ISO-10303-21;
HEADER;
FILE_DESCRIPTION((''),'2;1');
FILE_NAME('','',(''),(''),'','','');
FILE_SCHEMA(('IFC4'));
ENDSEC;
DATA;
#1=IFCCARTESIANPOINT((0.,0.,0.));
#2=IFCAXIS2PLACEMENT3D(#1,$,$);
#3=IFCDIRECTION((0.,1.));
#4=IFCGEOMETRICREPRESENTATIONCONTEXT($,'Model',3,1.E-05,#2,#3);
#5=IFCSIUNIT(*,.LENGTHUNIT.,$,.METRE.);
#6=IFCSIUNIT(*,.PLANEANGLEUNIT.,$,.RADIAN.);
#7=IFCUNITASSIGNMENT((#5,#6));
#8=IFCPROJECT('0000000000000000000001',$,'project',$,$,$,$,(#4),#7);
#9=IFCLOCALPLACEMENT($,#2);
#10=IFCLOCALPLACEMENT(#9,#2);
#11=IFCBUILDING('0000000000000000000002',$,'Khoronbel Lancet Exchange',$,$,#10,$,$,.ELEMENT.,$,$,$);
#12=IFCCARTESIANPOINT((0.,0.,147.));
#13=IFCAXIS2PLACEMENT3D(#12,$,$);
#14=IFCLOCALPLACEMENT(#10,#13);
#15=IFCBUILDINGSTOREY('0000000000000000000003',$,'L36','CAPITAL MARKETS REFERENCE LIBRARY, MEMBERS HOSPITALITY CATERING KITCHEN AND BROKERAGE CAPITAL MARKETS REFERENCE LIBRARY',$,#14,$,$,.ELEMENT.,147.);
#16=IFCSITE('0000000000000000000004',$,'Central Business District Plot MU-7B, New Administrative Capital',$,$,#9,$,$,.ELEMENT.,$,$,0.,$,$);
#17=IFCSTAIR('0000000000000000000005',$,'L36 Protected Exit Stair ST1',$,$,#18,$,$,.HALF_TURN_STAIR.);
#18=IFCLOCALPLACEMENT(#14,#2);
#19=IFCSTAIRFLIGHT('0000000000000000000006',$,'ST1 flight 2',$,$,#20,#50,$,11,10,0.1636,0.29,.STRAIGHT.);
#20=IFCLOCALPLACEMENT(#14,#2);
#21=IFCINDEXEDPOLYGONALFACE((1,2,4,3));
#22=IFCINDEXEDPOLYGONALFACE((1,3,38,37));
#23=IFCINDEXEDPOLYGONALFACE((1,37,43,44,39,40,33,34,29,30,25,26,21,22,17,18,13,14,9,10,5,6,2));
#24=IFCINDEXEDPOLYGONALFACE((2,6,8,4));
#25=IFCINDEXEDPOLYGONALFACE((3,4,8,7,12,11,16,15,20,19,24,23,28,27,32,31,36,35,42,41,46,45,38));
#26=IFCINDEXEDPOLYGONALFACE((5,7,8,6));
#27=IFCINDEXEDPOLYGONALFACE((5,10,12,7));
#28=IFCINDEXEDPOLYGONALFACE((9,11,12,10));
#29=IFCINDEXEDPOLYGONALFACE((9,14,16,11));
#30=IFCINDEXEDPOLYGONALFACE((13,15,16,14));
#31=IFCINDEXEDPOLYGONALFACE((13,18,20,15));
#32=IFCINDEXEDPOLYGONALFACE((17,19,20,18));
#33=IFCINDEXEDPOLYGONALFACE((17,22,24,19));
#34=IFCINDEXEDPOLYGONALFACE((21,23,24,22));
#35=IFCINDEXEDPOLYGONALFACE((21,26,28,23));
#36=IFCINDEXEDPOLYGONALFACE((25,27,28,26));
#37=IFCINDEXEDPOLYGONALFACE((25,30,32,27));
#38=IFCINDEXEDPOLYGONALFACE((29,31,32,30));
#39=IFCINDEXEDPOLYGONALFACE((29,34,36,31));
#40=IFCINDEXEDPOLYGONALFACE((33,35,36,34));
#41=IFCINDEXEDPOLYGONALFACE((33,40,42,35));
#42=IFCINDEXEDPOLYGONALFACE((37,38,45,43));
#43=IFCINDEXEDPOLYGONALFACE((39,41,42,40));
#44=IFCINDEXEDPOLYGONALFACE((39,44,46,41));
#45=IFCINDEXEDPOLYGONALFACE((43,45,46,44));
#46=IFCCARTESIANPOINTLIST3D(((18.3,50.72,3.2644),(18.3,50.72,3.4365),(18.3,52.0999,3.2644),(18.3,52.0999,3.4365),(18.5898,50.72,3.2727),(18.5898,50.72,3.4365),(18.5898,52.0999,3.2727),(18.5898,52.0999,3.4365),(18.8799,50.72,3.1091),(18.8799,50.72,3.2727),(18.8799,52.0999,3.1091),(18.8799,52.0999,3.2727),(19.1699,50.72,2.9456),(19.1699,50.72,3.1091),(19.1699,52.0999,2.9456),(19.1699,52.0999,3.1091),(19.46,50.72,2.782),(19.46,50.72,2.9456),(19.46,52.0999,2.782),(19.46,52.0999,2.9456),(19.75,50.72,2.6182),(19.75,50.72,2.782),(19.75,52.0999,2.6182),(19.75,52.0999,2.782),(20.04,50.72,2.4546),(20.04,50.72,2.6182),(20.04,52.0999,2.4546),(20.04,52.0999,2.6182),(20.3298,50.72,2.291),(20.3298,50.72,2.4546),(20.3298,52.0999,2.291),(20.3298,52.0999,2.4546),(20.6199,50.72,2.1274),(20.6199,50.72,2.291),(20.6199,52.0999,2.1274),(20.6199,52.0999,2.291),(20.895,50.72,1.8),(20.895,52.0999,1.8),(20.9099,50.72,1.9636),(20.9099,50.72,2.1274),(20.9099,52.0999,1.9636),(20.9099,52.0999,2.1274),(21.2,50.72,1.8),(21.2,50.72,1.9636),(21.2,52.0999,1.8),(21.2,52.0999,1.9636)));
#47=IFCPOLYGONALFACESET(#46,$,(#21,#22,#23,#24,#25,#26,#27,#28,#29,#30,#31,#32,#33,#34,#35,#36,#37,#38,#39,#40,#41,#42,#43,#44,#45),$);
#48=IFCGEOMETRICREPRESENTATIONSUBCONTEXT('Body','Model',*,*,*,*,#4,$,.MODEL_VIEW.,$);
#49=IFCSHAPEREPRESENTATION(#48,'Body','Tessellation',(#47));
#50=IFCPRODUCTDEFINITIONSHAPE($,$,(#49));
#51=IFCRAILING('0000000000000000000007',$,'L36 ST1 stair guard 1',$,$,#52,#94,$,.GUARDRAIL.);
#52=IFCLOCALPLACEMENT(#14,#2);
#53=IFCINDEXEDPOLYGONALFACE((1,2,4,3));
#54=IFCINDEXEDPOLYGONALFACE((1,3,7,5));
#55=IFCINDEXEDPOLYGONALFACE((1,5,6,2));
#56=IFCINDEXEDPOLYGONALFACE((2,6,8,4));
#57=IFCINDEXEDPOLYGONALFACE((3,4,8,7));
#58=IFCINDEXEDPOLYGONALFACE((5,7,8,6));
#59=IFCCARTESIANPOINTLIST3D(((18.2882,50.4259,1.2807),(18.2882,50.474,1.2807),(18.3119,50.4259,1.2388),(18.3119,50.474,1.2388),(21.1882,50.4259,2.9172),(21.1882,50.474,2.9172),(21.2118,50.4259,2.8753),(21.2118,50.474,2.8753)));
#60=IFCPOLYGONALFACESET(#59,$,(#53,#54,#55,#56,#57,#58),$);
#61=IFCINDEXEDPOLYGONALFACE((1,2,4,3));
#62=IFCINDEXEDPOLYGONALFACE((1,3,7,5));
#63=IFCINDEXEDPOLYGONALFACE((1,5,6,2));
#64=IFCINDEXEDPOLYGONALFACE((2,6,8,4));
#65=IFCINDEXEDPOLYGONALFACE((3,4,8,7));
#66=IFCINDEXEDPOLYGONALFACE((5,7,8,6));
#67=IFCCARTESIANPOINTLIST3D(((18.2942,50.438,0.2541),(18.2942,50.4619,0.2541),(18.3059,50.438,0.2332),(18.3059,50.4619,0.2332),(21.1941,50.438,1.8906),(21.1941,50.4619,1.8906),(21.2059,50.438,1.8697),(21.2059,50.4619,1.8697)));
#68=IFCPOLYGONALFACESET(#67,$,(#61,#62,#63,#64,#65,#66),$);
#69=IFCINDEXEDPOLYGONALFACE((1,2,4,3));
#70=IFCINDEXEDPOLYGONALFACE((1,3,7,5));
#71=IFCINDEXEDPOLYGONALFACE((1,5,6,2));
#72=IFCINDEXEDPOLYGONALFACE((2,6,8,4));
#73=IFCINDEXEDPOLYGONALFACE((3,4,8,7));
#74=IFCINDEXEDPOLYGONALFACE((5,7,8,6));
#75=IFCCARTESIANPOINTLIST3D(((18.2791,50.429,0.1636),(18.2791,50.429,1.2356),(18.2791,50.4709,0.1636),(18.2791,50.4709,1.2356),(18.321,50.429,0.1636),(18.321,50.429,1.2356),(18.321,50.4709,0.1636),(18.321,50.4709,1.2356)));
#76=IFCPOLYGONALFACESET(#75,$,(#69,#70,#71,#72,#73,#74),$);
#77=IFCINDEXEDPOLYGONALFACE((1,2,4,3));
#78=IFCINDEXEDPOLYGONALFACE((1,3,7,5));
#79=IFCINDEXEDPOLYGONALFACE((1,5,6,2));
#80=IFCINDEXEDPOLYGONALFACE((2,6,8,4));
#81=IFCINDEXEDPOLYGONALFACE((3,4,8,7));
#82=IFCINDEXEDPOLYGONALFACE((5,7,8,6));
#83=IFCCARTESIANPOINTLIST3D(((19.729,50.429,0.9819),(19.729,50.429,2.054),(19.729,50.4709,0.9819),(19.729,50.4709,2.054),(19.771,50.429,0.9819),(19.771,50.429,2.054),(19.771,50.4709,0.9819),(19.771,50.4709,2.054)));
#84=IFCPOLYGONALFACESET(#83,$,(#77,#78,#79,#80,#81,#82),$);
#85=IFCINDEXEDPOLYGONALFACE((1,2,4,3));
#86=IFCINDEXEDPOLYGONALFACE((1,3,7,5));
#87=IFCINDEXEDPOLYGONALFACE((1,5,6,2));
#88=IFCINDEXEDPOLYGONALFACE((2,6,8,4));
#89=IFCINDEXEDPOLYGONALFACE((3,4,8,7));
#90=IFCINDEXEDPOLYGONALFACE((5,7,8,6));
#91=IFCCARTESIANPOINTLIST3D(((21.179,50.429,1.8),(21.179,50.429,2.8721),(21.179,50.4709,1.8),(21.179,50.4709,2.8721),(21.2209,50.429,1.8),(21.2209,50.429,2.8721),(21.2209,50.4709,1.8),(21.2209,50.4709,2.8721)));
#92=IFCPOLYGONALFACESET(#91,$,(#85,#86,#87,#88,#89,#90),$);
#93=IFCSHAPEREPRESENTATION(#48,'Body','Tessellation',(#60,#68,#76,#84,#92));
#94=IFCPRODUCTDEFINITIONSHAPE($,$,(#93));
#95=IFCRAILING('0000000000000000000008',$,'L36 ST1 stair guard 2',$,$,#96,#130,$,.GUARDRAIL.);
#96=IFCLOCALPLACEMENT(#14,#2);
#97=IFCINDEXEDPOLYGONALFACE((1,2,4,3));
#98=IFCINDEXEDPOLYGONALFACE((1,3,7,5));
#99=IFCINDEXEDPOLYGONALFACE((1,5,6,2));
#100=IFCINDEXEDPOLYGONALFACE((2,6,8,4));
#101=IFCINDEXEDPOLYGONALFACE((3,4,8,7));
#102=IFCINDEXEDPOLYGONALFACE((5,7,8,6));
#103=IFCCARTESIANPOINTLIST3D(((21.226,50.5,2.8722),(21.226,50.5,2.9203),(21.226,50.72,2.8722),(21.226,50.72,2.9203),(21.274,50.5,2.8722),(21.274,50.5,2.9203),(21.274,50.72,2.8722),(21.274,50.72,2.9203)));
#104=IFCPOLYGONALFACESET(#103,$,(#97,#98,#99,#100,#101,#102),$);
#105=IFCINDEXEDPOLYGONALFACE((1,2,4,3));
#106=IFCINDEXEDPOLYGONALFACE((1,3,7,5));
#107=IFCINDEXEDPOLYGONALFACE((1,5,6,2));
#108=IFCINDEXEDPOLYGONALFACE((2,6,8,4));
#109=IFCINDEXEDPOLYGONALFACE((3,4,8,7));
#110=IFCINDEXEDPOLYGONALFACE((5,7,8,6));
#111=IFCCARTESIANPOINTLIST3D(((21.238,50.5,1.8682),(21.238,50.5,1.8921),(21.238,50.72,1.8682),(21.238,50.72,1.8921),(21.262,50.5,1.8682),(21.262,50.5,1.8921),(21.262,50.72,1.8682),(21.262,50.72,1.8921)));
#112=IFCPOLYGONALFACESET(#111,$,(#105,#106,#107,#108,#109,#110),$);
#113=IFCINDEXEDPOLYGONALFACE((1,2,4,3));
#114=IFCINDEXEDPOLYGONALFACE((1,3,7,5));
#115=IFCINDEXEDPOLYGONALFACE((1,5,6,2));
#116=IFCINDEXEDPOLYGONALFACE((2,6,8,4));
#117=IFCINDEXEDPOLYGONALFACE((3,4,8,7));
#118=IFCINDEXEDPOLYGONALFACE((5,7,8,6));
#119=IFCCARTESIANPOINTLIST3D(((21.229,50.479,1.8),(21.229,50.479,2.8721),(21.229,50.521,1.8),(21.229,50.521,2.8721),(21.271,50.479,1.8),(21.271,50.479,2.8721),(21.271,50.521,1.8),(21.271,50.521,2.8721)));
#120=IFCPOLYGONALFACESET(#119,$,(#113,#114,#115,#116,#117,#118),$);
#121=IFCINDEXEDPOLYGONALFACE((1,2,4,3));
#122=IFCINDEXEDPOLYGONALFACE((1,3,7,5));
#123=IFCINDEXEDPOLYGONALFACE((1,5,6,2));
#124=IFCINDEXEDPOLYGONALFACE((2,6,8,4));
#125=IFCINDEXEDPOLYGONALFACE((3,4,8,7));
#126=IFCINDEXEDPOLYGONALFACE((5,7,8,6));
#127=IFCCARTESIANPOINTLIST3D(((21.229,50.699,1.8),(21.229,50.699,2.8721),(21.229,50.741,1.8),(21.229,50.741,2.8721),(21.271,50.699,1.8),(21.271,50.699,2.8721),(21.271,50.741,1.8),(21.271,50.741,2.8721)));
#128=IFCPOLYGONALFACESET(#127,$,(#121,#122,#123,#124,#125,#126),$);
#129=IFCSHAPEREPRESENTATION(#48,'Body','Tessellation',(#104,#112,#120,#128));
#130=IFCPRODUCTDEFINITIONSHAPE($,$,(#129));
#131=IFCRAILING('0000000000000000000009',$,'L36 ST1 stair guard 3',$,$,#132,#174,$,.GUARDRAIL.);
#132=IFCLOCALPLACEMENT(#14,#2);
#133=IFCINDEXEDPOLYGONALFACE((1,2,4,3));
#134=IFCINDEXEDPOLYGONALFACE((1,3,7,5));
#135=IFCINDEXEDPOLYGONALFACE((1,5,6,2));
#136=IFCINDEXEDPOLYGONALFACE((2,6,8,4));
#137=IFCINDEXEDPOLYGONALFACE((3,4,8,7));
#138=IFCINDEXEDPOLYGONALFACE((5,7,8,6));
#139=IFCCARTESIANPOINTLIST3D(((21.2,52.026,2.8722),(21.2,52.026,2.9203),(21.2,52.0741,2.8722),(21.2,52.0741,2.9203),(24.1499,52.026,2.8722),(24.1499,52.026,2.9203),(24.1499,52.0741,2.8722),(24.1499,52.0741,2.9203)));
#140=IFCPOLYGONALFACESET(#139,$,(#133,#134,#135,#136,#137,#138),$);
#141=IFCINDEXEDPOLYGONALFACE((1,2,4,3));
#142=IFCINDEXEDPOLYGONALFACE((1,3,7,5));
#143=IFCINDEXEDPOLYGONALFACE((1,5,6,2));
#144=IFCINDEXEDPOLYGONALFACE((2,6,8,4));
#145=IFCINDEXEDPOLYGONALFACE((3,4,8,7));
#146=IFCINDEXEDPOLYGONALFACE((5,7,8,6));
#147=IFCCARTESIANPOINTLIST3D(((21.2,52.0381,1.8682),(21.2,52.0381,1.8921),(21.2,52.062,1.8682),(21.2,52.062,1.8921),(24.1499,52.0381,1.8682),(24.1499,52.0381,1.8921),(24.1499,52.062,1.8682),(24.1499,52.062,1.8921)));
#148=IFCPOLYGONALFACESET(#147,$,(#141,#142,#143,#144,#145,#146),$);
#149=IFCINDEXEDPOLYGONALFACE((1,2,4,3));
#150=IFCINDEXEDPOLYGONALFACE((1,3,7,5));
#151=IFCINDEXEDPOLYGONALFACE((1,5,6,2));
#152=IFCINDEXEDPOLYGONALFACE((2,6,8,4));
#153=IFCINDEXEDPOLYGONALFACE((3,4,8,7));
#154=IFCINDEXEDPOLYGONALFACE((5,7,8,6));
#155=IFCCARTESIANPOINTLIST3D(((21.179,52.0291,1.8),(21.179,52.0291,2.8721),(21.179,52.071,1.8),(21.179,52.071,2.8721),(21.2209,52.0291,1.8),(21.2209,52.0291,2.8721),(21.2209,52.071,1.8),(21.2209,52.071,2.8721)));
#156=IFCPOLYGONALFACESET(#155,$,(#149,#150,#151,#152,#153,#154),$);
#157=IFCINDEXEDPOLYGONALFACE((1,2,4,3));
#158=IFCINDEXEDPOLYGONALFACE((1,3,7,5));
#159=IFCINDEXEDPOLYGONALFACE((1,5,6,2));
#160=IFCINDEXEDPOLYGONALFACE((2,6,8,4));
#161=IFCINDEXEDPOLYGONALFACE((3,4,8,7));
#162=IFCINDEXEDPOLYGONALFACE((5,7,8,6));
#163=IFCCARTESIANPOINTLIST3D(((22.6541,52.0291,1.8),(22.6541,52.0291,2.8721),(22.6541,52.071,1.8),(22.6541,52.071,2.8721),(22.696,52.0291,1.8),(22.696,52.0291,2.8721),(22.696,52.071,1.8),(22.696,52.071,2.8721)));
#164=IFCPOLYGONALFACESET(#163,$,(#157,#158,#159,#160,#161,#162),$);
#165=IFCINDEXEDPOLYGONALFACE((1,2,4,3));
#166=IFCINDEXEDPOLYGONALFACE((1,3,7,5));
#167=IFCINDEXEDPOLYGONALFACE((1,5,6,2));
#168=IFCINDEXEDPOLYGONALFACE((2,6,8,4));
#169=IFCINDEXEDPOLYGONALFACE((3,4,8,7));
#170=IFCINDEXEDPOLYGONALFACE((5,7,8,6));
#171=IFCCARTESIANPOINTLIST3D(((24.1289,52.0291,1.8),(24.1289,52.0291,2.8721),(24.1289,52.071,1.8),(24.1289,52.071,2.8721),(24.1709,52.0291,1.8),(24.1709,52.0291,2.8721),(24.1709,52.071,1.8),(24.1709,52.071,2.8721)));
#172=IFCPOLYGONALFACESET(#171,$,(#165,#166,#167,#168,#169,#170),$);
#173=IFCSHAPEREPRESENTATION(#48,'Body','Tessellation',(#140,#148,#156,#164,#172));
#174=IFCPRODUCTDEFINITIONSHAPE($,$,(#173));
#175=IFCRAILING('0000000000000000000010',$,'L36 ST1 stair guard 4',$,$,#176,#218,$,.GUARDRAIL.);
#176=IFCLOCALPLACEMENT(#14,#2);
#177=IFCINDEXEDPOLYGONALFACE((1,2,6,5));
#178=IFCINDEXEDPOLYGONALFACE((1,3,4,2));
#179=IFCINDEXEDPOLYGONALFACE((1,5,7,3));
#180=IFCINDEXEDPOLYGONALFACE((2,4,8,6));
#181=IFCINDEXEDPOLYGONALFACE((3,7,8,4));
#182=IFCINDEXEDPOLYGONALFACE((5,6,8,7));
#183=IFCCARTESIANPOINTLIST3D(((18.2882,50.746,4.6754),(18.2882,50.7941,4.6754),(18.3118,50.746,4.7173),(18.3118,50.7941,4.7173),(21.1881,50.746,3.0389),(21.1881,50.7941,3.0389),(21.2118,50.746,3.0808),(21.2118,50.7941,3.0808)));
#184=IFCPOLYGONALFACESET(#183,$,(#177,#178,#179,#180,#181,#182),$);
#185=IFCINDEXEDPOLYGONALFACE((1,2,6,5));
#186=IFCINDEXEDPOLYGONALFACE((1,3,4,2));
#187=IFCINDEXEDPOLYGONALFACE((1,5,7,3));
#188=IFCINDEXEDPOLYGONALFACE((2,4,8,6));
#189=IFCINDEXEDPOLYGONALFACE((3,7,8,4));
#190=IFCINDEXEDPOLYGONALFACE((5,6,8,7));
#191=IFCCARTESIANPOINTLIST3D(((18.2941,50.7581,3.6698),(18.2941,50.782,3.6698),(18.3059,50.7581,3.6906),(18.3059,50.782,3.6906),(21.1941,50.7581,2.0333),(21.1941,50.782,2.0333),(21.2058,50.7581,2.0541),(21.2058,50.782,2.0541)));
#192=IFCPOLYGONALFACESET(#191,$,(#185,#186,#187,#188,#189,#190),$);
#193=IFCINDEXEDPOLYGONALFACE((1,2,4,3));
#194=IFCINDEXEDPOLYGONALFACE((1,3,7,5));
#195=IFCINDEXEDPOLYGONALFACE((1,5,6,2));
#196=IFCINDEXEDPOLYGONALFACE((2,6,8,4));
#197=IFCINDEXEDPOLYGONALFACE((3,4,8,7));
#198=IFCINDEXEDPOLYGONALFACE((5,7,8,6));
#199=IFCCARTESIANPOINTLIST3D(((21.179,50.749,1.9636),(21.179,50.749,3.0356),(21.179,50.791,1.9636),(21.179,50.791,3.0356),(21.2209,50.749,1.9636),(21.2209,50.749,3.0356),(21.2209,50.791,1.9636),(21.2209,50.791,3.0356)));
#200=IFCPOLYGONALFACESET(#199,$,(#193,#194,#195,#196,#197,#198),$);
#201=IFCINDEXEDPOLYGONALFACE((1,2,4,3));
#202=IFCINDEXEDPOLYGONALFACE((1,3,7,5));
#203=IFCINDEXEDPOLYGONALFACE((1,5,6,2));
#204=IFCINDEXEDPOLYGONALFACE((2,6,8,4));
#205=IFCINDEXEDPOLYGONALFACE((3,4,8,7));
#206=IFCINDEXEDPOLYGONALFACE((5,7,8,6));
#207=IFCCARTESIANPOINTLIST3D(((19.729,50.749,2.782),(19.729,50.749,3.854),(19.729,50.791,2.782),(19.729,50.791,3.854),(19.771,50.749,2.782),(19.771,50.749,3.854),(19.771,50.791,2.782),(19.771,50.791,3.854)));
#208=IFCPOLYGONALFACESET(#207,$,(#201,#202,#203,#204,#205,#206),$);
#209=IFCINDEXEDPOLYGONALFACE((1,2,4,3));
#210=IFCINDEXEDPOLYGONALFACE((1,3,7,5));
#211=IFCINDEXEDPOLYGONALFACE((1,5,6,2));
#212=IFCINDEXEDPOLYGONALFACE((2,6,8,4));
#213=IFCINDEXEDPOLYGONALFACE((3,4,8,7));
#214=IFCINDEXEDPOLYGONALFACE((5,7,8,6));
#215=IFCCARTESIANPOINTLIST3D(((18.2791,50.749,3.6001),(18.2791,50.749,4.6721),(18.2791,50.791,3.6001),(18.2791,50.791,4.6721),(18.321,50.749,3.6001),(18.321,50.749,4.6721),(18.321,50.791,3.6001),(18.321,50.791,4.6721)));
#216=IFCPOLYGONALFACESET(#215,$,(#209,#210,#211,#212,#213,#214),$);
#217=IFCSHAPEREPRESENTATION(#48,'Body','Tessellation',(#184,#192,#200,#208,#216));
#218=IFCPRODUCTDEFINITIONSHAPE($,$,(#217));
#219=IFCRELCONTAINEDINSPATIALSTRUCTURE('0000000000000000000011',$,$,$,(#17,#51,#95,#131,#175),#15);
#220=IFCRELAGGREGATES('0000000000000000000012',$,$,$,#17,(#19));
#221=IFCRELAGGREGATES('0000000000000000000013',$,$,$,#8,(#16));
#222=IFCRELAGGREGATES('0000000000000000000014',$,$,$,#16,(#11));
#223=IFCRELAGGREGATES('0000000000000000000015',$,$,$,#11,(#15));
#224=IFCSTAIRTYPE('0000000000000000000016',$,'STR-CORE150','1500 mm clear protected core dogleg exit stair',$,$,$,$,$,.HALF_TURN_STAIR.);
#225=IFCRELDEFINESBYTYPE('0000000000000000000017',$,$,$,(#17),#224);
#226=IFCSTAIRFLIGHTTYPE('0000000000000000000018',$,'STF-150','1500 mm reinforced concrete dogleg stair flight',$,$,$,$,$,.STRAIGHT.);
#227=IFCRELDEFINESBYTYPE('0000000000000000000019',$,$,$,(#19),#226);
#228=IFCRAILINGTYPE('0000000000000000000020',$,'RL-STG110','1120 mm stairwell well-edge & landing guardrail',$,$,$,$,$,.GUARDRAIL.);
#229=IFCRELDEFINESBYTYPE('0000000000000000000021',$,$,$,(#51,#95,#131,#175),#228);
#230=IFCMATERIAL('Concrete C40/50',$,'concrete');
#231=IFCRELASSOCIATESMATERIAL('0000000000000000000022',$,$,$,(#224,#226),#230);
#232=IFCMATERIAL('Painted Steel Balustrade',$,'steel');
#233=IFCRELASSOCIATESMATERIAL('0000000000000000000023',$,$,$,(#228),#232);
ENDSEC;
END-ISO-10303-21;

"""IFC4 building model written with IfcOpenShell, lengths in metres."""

from ifc_helpers import new_model, si_unit, direction, frame, origin, origin_2d, place, context, subcontext, project, spatial, polyline, rectangle, outline, extrude, material, type_object, element, aggregate, save


model = new_model("IFC4")

# Units and contexts
model_context = context("Model", 3, precision=1e-05, world=origin(), true_north=direction((0.0, 1.0)))
body_context = subcontext(model_context, "Body", "Model", "MODEL_VIEW")
ifc_project = project(units=[si_unit("LENGTHUNIT", "METRE"), si_unit("PLANEANGLEUNIT", "RADIAN")], contexts=[model_context])

# Site, building, storey
site_placement = place(None, origin())
site = spatial("IfcSite", under=ifc_project, at=site_placement, Name="Central Business District Plot MU-7B, New Administrative Capital", CompositionType="ELEMENT", RefElevation=0.0)
building_placement = place(site_placement, origin())
building = spatial("IfcBuilding", under=site, at=building_placement, Name="Khoronbel Lancet Exchange", CompositionType="ELEMENT")
storey_placement = place(building_placement, frame((0.0, 0.0, 147.0)))
storey = spatial("IfcBuildingStorey", under=building, at=storey_placement, Name="L36", Description="CAPITAL MARKETS REFERENCE LIBRARY, MEMBERS HOSPITALITY CATERING KITCHEN AND BROKERAGE CAPITAL MARKETS REFERENCE LIBRARY", CompositionType="ELEMENT", Elevation=147.0)

# Stair, stair flight
ifc_material_1 = material(Name="Concrete C40/50", Category="concrete")
stair_type = type_object("IfcStairType", Name="STR-CORE150", Description="1500 mm clear protected core dogleg exit stair", PredefinedType="HALF_TURN_STAIR", material=ifc_material_1)
stair_placement = place(storey_placement, origin())
stair = element("IfcStair", 1, at=stair_placement, inside=storey, type_object=stair_type, Name="L36 Protected Exit Stair ST1", PredefinedType="HALF_TURN_STAIR")
stair_flight_type = type_object("IfcStairFlightType", Name="STF-150", Description="1500 mm reinforced concrete dogleg stair flight", PredefinedType="STRAIGHT", material=ifc_material_1)
stair_flight_placement = place(storey_placement, frame((21.2, 51.4099, 1.8), z_axis=(0.0, 0.0, 1.0), x_axis=(-1.0, 0.0, 0.0)))
stair_flight = element("IfcStairFlight", 2, at=stair_flight_placement, type_object=stair_flight_type, Name="ST1 flight 2", NumberOfRisers=11, NumberOfTreads=10, PredefinedType="STRAIGHT", RiserHeight=0.1636, TreadLength=0.29, context=body_context, shape_type="SweptSolid", body=[
    extrude(outline(polyline([(0.0, 0.0), (0.0, 0.1636), (0.29, 0.1636), (0.29, 0.3274), (0.5801, 0.3274), (0.5801, 0.491), (0.8701, 0.491), (0.8701, 0.6545), (1.1599, 0.6545), (1.1599, 0.8181), (1.45, 0.8181), (1.45, 0.9819), (1.74, 0.9819), (1.74, 1.1455), (2.03, 1.1455), (2.03, 1.3091), (2.3201, 1.3091), (2.3201, 1.4727), (2.6101, 1.4727), (2.6101, 1.6365), (2.8999, 1.6365), (2.8999, 1.8), (2.8999, 1.4644), (0.3049, 0.0), (0.0, 0.0)])), frame((0.0, 0.6899, 0.0), z_axis=(0.0, -1.0, 0.0), x_axis=(1.0, 0.0, 0.0)), (0.0, 0.0, 1.0), 1.3799),
])
aggregate(stair, [stair_flight])

# Railings
ifc_material_2 = material(Name="Painted Steel Balustrade", Category="steel")
railing_type_1 = type_object("IfcRailingType", Name="RL-STG110", Description="1120 mm stairwell well-edge & landing guardrail", PredefinedType="GUARDRAIL", material=ifc_material_2)
railing_1_placement = place(storey_placement, frame((18.3, 50.45, 0.1636)))
element("IfcRailing", 3, at=railing_1_placement, inside=storey, type_object=railing_type_1, Name="L36 ST1 stair guard 1", PredefinedType="GUARDRAIL", context=body_context, shape_type="SweptSolid", body=[
    extrude(rectangle(XDim=0.0481, YDim=0.0481, at=origin_2d()), frame((0.0, 0.0, 1.0962), z_axis=(0.870897, 0.0, 0.491465), x_axis=(0.0, 1.0, 0.0)), (0.0, 0.0, 1.0), 3.3298),
    extrude(rectangle(XDim=0.0239, YDim=0.0239, at=origin_2d()), frame((0.0, 0.0, 0.0801), z_axis=(0.870897, 0.0, 0.491465), x_axis=(0.0, 1.0, 0.0)), (0.0, 0.0, 1.0), 3.3298),
    extrude(rectangle(XDim=0.042, YDim=0.042, at=origin_2d()), origin(), (0.0, 0.0, 1.0), 1.072),
    extrude(rectangle(XDim=0.042, YDim=0.042, at=origin_2d()), frame((1.45, 0.0, 0.8184)), (0.0, 0.0, 1.0), 1.072),
    extrude(rectangle(XDim=0.042, YDim=0.042, at=origin_2d()), frame((2.8999, 0.0, 1.6365)), (0.0, 0.0, 1.0), 1.072),
])
railing_2_placement = place(storey_placement, frame((21.25, 50.5, 1.8)))
element("IfcRailing", 4, at=railing_2_placement, inside=storey, type_object=railing_type_1, Name="L36 ST1 stair guard 2", PredefinedType="GUARDRAIL", context=body_context, shape_type="SweptSolid", body=[
    extrude(rectangle(XDim=0.0481, YDim=0.0481, at=origin_2d()), frame((0.0, 0.0, 1.0962), z_axis=(0.0, 1.0, 0.0), x_axis=(-1.0, 0.0, 0.0)), (0.0, 0.0, 1.0), 0.22),
    extrude(rectangle(XDim=0.0239, YDim=0.0239, at=origin_2d()), frame((0.0, 0.0, 0.0801), z_axis=(0.0, 1.0, 0.0), x_axis=(-1.0, 0.0, 0.0)), (0.0, 0.0, 1.0), 0.22),
    extrude(rectangle(XDim=0.042, YDim=0.042, at=origin_2d()), origin(), (0.0, 0.0, 1.0), 1.072),
    extrude(rectangle(XDim=0.042, YDim=0.042, at=origin_2d()), frame((0.0, 0.22, 0.0)), (0.0, 0.0, 1.0), 1.072),
])
railing_3_placement = place(storey_placement, frame((21.2, 52.05, 1.8)))
element("IfcRailing", 5, at=railing_3_placement, inside=storey, type_object=railing_type_1, Name="L36 ST1 stair guard 3", PredefinedType="GUARDRAIL", context=body_context, shape_type="SweptSolid", body=[
    extrude(rectangle(XDim=0.0481, YDim=0.0481, at=origin_2d()), frame((0.0, 0.0, 1.0962), z_axis=(1.0, 0.0, 0.0), x_axis=(0.0, 1.0, 0.0)), (0.0, 0.0, 1.0), 2.95),
    extrude(rectangle(XDim=0.0239, YDim=0.0239, at=origin_2d()), frame((0.0, 0.0, 0.0801), z_axis=(1.0, 0.0, 0.0), x_axis=(0.0, 1.0, 0.0)), (0.0, 0.0, 1.0), 2.95),
    extrude(rectangle(XDim=0.042, YDim=0.042, at=origin_2d()), origin(), (0.0, 0.0, 1.0), 1.072),
    extrude(rectangle(XDim=0.042, YDim=0.042, at=origin_2d()), frame((1.4751, 0.0, 0.0)), (0.0, 0.0, 1.0), 1.072),
    extrude(rectangle(XDim=0.042, YDim=0.042, at=origin_2d()), frame((2.95, 0.0, 0.0)), (0.0, 0.0, 1.0), 1.072),
])
railing_4_placement = place(storey_placement, frame((21.2, 50.77, 1.9636)))
element("IfcRailing", 6, at=railing_4_placement, inside=storey, type_object=railing_type_1, Name="L36 ST1 stair guard 4", PredefinedType="GUARDRAIL", context=body_context, shape_type="SweptSolid", body=[
    extrude(rectangle(XDim=0.0481, YDim=0.0481, at=origin_2d()), frame((0.0, 0.0, 1.0962), z_axis=(-0.870897, 0.0, 0.491465), x_axis=(0.0, -1.0, 0.0)), (0.0, 0.0, 1.0), 3.3298),
    extrude(rectangle(XDim=0.0239, YDim=0.0239, at=origin_2d()), frame((0.0, 0.0, 0.0801), z_axis=(-0.870897, 0.0, 0.491465), x_axis=(0.0, -1.0, 0.0)), (0.0, 0.0, 1.0), 3.3298),
    extrude(rectangle(XDim=0.042, YDim=0.042, at=origin_2d()), origin(), (0.0, 0.0, 1.0), 1.072),
    extrude(rectangle(XDim=0.042, YDim=0.042, at=origin_2d()), frame((-1.45, 0.0, 0.8184)), (0.0, 0.0, 1.0), 1.072),
    extrude(rectangle(XDim=0.042, YDim=0.042, at=origin_2d()), frame((-2.8999, 0.0, 1.6365)), (0.0, 0.0, 1.0), 1.072),
])

save(model, "model.ifc")
